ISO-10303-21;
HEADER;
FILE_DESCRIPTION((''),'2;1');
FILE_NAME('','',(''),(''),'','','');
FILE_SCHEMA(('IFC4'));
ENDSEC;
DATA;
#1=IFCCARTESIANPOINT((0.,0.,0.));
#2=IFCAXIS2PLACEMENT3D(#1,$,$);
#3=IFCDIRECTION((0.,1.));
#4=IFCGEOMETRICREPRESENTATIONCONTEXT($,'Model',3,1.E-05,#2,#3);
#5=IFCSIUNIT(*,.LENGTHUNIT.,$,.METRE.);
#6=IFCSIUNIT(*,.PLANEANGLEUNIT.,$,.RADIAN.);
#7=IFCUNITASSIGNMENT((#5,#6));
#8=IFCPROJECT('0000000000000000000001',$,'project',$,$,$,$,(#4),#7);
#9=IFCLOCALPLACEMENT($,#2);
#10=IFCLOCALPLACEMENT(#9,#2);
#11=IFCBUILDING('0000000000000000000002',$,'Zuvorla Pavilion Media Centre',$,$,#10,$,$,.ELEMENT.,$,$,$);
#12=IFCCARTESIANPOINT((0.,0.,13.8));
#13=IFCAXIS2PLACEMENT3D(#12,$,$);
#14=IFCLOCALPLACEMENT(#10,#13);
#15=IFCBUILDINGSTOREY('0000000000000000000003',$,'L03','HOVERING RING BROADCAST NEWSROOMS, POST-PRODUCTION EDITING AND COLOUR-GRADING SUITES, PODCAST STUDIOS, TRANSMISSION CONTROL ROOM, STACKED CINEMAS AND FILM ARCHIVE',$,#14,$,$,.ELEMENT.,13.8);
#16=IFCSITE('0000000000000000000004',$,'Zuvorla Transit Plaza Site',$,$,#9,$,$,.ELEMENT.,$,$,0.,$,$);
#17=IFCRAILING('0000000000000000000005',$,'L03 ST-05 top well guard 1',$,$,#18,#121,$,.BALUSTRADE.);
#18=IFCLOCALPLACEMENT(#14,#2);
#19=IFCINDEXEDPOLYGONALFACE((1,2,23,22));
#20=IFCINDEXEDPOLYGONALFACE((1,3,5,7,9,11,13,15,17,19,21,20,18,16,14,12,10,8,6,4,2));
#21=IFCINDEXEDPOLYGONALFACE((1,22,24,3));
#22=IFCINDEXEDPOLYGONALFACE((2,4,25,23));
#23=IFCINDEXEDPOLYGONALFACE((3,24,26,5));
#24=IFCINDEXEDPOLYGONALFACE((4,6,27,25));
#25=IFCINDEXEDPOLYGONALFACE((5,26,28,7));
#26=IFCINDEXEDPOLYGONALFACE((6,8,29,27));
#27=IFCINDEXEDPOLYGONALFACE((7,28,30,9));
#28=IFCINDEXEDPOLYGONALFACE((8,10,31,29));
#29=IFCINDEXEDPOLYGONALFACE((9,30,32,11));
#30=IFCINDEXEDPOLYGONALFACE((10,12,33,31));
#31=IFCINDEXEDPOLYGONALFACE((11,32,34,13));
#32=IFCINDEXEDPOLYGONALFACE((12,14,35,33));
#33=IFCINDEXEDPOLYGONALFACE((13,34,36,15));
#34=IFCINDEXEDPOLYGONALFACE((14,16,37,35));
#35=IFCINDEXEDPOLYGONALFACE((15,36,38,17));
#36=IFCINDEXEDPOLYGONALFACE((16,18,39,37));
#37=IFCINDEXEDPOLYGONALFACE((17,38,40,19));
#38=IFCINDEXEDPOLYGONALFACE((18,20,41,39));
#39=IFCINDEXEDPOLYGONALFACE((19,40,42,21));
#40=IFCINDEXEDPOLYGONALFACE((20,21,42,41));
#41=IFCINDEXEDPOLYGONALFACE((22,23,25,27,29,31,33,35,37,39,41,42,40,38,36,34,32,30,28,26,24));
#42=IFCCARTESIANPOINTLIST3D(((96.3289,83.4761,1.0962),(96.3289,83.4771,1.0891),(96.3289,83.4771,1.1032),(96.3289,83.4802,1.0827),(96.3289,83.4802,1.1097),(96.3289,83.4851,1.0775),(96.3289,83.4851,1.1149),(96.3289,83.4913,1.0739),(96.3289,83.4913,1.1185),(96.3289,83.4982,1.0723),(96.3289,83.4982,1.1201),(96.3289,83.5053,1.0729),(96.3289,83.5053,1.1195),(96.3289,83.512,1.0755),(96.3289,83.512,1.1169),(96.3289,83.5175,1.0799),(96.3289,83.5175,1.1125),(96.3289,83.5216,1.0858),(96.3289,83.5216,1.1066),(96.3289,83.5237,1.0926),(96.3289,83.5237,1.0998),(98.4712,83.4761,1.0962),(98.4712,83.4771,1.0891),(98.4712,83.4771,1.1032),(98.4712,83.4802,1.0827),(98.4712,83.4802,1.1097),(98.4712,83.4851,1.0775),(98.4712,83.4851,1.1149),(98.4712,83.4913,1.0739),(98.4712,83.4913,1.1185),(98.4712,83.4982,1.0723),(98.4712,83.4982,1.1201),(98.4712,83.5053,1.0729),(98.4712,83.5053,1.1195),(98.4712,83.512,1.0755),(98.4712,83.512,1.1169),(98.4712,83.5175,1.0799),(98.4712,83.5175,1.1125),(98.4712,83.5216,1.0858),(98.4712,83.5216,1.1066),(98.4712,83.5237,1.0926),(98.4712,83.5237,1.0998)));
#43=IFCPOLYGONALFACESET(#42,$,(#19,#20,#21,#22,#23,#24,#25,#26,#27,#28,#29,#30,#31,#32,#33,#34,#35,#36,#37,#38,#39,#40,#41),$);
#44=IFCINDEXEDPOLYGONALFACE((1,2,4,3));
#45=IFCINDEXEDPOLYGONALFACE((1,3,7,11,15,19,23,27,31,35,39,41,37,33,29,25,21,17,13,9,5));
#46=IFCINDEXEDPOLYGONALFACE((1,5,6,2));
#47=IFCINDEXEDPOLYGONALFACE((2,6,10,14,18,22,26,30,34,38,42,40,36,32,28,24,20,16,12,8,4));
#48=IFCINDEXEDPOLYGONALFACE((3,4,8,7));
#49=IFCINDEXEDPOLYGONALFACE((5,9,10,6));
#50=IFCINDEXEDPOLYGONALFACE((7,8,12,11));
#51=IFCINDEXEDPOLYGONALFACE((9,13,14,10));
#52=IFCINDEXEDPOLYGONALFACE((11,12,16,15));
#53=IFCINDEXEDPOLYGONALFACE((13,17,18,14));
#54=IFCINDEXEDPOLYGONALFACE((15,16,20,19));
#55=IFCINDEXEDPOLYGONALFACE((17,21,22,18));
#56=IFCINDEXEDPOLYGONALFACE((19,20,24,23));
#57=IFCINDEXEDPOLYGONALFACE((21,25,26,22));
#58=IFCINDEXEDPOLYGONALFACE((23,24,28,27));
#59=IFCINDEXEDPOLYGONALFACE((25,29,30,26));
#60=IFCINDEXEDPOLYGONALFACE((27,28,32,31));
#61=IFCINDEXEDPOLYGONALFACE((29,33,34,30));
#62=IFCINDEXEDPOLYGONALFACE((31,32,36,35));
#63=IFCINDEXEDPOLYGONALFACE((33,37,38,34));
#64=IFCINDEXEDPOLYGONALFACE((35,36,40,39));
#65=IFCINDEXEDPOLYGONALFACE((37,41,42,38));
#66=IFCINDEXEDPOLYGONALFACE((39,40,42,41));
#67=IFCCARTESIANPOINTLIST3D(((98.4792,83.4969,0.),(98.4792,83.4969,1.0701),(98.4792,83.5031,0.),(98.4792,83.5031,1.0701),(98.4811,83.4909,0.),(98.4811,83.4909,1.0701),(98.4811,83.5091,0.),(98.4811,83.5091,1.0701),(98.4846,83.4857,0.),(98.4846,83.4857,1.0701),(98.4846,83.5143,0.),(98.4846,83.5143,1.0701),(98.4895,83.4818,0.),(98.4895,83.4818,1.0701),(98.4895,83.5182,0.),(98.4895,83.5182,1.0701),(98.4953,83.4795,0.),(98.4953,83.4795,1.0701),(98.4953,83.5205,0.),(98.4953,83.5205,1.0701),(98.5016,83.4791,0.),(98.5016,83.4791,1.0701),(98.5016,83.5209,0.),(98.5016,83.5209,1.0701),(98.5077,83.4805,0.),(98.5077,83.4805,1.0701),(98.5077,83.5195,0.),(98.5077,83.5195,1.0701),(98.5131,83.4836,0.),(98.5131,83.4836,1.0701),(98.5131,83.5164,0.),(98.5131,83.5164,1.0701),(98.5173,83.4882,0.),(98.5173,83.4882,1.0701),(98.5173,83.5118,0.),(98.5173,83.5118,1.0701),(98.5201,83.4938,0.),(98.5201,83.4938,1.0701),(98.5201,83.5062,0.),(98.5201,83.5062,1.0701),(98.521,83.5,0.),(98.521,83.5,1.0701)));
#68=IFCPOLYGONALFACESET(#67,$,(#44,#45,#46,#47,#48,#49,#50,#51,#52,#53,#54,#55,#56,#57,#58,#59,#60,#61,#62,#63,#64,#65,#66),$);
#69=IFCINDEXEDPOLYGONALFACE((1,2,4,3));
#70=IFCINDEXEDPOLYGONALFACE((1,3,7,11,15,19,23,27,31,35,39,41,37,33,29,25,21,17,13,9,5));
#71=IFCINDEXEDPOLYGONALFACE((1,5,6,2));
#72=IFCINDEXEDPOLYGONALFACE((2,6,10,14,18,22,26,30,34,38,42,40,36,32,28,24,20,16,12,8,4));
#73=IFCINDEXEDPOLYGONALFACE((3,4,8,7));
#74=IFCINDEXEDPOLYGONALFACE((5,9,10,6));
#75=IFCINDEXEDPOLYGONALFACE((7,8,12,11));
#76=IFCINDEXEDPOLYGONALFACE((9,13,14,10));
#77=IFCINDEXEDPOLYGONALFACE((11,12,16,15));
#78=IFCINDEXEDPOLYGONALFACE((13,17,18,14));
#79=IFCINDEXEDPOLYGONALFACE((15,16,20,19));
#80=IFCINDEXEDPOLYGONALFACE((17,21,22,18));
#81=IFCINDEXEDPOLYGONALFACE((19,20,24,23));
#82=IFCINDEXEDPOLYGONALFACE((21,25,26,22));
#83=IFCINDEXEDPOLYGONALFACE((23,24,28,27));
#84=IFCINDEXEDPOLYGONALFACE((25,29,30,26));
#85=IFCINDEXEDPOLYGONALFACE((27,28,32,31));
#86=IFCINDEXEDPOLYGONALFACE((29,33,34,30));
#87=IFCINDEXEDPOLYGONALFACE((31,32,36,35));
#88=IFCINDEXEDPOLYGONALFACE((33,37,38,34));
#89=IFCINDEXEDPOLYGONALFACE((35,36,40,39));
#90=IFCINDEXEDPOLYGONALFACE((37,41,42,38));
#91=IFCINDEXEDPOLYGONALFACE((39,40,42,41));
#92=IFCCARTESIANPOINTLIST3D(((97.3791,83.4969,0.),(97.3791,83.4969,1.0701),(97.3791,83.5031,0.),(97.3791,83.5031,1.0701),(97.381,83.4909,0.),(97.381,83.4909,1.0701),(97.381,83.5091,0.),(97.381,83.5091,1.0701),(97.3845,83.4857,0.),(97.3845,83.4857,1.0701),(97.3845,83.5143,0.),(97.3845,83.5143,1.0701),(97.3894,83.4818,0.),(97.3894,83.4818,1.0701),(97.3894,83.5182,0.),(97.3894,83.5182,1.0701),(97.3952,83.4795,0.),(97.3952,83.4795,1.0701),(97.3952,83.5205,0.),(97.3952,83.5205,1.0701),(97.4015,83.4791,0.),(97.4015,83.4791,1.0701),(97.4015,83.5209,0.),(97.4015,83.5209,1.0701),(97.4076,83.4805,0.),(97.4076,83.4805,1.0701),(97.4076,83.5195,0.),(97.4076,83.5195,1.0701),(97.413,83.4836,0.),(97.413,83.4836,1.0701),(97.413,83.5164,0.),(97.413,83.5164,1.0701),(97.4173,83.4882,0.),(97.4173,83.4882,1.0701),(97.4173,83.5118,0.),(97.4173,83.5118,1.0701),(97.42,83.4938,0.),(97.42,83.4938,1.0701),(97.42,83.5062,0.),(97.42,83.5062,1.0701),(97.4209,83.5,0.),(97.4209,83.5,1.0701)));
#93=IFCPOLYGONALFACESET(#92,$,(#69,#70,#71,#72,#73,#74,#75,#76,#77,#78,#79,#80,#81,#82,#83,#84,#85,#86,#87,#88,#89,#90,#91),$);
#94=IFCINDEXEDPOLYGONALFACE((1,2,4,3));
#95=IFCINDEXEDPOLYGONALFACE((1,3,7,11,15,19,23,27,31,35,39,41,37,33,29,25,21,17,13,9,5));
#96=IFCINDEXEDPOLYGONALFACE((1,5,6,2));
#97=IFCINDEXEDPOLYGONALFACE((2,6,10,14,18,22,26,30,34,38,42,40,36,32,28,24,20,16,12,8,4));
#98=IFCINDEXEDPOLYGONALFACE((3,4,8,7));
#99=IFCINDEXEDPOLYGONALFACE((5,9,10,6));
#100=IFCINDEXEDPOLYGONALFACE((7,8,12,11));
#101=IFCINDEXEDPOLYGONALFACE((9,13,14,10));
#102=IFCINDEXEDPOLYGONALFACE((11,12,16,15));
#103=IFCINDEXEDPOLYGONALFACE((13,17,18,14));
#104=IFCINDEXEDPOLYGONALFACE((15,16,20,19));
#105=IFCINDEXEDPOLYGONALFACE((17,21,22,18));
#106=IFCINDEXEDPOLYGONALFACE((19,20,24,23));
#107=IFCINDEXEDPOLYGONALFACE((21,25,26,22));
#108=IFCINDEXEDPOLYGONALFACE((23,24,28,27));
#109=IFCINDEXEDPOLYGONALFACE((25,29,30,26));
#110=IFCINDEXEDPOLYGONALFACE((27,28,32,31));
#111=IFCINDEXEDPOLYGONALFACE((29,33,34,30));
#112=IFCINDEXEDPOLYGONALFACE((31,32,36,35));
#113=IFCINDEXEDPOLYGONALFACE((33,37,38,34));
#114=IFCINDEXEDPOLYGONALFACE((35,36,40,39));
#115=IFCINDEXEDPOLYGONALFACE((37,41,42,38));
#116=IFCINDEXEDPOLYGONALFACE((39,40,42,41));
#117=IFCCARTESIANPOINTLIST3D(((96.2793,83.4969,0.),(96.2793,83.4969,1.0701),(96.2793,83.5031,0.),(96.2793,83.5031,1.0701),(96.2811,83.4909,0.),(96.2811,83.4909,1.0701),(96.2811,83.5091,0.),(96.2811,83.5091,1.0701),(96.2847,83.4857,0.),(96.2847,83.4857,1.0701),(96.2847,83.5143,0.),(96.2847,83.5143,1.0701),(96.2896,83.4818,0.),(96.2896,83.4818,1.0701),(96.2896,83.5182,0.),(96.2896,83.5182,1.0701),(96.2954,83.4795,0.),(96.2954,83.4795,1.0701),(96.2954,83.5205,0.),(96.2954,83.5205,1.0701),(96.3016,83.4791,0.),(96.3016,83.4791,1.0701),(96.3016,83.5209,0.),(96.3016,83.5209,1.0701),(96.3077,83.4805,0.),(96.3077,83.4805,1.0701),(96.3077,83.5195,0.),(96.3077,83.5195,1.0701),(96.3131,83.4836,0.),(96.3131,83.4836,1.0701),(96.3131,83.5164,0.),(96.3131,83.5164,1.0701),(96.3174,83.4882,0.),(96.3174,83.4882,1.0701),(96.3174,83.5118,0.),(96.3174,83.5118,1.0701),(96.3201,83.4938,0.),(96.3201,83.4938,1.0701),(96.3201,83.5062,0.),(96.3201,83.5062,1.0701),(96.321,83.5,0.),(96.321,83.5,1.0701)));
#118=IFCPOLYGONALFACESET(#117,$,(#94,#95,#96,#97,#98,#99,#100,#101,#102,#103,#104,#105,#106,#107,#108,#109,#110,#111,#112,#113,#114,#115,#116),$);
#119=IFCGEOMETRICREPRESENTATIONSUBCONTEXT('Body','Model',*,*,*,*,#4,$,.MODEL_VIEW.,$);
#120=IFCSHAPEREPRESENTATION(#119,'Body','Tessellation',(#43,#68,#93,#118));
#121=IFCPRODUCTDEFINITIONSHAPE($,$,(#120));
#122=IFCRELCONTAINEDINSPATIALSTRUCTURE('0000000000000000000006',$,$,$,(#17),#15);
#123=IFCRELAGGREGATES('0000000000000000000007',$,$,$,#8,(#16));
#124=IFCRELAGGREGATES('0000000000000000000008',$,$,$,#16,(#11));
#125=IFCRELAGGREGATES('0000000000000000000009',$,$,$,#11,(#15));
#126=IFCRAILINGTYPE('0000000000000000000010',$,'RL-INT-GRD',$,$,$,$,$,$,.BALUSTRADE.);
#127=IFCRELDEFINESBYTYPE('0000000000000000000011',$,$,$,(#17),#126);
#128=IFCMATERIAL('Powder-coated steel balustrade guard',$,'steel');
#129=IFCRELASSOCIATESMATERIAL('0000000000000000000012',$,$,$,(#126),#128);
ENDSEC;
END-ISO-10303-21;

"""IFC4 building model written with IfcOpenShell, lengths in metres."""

from ifc_helpers import new_model, si_unit, direction, frame, origin, origin_2d, place, context, subcontext, project, spatial, circle, extrude, material, type_object, element, save


model = new_model("IFC4")

# Units and contexts
model_context = context("Model", 3, precision=1e-05, world=origin(), true_north=direction((0.0, 1.0)))
body_context = subcontext(model_context, "Body", "Model", "MODEL_VIEW")
ifc_project = project(units=[si_unit("LENGTHUNIT", "METRE"), si_unit("PLANEANGLEUNIT", "RADIAN")], contexts=[model_context])

# Site, building, storey
site_placement = place(None, origin())
site = spatial("IfcSite", under=ifc_project, at=site_placement, Name="Zuvorla Transit Plaza Site", CompositionType="ELEMENT", RefElevation=0.0)
building_placement = place(site_placement, origin())
building = spatial("IfcBuilding", under=site, at=building_placement, Name="Zuvorla Pavilion Media Centre", CompositionType="ELEMENT")
storey_placement = place(building_placement, frame((0.0, 0.0, 13.8)))
storey = spatial("IfcBuildingStorey", under=building, at=storey_placement, Name="L03", Description="HOVERING RING BROADCAST NEWSROOMS, POST-PRODUCTION EDITING AND COLOUR-GRADING SUITES, PODCAST STUDIOS, TRANSMISSION CONTROL ROOM, STACKED CINEMAS AND FILM ARCHIVE", CompositionType="ELEMENT", Elevation=13.8)

# Railing
ifc_material_1 = material(Name="Powder-coated steel balustrade guard", Category="steel")
railing_type = type_object("IfcRailingType", Name="RL-INT-GRD", PredefinedType="BALUSTRADE", material=ifc_material_1)
railing_1_placement = place(storey_placement, frame((98.5, 83.5, 0.0)))
element("IfcRailing", 1, at=railing_1_placement, inside=storey, type_object=railing_type, Name="L03 ST-05 top well guard 1", PredefinedType="BALUSTRADE", context=body_context, shape_type="SweptSolid", body=[
    extrude(circle(Radius=0.0239, at=origin_2d()), frame((-0.0288, 0.0, 1.0962), z_axis=(-1.0, 0.0, 0.0), x_axis=(0.0, -1.0, 0.0)), (0.0, 0.0, 1.0), 2.1423),
    extrude(circle(Radius=0.021, at=origin_2d()), origin(), (0.0, 0.0, 1.0), 1.0701),
    extrude(circle(Radius=0.021, at=origin_2d()), frame((-1.1001, 0.0, 0.0)), (0.0, 0.0, 1.0), 1.0701),
    extrude(circle(Radius=0.021, at=origin_2d()), frame((-2.2, 0.0, 0.0)), (0.0, 0.0, 1.0), 1.0701),
])

save(model, "model.ifc")
